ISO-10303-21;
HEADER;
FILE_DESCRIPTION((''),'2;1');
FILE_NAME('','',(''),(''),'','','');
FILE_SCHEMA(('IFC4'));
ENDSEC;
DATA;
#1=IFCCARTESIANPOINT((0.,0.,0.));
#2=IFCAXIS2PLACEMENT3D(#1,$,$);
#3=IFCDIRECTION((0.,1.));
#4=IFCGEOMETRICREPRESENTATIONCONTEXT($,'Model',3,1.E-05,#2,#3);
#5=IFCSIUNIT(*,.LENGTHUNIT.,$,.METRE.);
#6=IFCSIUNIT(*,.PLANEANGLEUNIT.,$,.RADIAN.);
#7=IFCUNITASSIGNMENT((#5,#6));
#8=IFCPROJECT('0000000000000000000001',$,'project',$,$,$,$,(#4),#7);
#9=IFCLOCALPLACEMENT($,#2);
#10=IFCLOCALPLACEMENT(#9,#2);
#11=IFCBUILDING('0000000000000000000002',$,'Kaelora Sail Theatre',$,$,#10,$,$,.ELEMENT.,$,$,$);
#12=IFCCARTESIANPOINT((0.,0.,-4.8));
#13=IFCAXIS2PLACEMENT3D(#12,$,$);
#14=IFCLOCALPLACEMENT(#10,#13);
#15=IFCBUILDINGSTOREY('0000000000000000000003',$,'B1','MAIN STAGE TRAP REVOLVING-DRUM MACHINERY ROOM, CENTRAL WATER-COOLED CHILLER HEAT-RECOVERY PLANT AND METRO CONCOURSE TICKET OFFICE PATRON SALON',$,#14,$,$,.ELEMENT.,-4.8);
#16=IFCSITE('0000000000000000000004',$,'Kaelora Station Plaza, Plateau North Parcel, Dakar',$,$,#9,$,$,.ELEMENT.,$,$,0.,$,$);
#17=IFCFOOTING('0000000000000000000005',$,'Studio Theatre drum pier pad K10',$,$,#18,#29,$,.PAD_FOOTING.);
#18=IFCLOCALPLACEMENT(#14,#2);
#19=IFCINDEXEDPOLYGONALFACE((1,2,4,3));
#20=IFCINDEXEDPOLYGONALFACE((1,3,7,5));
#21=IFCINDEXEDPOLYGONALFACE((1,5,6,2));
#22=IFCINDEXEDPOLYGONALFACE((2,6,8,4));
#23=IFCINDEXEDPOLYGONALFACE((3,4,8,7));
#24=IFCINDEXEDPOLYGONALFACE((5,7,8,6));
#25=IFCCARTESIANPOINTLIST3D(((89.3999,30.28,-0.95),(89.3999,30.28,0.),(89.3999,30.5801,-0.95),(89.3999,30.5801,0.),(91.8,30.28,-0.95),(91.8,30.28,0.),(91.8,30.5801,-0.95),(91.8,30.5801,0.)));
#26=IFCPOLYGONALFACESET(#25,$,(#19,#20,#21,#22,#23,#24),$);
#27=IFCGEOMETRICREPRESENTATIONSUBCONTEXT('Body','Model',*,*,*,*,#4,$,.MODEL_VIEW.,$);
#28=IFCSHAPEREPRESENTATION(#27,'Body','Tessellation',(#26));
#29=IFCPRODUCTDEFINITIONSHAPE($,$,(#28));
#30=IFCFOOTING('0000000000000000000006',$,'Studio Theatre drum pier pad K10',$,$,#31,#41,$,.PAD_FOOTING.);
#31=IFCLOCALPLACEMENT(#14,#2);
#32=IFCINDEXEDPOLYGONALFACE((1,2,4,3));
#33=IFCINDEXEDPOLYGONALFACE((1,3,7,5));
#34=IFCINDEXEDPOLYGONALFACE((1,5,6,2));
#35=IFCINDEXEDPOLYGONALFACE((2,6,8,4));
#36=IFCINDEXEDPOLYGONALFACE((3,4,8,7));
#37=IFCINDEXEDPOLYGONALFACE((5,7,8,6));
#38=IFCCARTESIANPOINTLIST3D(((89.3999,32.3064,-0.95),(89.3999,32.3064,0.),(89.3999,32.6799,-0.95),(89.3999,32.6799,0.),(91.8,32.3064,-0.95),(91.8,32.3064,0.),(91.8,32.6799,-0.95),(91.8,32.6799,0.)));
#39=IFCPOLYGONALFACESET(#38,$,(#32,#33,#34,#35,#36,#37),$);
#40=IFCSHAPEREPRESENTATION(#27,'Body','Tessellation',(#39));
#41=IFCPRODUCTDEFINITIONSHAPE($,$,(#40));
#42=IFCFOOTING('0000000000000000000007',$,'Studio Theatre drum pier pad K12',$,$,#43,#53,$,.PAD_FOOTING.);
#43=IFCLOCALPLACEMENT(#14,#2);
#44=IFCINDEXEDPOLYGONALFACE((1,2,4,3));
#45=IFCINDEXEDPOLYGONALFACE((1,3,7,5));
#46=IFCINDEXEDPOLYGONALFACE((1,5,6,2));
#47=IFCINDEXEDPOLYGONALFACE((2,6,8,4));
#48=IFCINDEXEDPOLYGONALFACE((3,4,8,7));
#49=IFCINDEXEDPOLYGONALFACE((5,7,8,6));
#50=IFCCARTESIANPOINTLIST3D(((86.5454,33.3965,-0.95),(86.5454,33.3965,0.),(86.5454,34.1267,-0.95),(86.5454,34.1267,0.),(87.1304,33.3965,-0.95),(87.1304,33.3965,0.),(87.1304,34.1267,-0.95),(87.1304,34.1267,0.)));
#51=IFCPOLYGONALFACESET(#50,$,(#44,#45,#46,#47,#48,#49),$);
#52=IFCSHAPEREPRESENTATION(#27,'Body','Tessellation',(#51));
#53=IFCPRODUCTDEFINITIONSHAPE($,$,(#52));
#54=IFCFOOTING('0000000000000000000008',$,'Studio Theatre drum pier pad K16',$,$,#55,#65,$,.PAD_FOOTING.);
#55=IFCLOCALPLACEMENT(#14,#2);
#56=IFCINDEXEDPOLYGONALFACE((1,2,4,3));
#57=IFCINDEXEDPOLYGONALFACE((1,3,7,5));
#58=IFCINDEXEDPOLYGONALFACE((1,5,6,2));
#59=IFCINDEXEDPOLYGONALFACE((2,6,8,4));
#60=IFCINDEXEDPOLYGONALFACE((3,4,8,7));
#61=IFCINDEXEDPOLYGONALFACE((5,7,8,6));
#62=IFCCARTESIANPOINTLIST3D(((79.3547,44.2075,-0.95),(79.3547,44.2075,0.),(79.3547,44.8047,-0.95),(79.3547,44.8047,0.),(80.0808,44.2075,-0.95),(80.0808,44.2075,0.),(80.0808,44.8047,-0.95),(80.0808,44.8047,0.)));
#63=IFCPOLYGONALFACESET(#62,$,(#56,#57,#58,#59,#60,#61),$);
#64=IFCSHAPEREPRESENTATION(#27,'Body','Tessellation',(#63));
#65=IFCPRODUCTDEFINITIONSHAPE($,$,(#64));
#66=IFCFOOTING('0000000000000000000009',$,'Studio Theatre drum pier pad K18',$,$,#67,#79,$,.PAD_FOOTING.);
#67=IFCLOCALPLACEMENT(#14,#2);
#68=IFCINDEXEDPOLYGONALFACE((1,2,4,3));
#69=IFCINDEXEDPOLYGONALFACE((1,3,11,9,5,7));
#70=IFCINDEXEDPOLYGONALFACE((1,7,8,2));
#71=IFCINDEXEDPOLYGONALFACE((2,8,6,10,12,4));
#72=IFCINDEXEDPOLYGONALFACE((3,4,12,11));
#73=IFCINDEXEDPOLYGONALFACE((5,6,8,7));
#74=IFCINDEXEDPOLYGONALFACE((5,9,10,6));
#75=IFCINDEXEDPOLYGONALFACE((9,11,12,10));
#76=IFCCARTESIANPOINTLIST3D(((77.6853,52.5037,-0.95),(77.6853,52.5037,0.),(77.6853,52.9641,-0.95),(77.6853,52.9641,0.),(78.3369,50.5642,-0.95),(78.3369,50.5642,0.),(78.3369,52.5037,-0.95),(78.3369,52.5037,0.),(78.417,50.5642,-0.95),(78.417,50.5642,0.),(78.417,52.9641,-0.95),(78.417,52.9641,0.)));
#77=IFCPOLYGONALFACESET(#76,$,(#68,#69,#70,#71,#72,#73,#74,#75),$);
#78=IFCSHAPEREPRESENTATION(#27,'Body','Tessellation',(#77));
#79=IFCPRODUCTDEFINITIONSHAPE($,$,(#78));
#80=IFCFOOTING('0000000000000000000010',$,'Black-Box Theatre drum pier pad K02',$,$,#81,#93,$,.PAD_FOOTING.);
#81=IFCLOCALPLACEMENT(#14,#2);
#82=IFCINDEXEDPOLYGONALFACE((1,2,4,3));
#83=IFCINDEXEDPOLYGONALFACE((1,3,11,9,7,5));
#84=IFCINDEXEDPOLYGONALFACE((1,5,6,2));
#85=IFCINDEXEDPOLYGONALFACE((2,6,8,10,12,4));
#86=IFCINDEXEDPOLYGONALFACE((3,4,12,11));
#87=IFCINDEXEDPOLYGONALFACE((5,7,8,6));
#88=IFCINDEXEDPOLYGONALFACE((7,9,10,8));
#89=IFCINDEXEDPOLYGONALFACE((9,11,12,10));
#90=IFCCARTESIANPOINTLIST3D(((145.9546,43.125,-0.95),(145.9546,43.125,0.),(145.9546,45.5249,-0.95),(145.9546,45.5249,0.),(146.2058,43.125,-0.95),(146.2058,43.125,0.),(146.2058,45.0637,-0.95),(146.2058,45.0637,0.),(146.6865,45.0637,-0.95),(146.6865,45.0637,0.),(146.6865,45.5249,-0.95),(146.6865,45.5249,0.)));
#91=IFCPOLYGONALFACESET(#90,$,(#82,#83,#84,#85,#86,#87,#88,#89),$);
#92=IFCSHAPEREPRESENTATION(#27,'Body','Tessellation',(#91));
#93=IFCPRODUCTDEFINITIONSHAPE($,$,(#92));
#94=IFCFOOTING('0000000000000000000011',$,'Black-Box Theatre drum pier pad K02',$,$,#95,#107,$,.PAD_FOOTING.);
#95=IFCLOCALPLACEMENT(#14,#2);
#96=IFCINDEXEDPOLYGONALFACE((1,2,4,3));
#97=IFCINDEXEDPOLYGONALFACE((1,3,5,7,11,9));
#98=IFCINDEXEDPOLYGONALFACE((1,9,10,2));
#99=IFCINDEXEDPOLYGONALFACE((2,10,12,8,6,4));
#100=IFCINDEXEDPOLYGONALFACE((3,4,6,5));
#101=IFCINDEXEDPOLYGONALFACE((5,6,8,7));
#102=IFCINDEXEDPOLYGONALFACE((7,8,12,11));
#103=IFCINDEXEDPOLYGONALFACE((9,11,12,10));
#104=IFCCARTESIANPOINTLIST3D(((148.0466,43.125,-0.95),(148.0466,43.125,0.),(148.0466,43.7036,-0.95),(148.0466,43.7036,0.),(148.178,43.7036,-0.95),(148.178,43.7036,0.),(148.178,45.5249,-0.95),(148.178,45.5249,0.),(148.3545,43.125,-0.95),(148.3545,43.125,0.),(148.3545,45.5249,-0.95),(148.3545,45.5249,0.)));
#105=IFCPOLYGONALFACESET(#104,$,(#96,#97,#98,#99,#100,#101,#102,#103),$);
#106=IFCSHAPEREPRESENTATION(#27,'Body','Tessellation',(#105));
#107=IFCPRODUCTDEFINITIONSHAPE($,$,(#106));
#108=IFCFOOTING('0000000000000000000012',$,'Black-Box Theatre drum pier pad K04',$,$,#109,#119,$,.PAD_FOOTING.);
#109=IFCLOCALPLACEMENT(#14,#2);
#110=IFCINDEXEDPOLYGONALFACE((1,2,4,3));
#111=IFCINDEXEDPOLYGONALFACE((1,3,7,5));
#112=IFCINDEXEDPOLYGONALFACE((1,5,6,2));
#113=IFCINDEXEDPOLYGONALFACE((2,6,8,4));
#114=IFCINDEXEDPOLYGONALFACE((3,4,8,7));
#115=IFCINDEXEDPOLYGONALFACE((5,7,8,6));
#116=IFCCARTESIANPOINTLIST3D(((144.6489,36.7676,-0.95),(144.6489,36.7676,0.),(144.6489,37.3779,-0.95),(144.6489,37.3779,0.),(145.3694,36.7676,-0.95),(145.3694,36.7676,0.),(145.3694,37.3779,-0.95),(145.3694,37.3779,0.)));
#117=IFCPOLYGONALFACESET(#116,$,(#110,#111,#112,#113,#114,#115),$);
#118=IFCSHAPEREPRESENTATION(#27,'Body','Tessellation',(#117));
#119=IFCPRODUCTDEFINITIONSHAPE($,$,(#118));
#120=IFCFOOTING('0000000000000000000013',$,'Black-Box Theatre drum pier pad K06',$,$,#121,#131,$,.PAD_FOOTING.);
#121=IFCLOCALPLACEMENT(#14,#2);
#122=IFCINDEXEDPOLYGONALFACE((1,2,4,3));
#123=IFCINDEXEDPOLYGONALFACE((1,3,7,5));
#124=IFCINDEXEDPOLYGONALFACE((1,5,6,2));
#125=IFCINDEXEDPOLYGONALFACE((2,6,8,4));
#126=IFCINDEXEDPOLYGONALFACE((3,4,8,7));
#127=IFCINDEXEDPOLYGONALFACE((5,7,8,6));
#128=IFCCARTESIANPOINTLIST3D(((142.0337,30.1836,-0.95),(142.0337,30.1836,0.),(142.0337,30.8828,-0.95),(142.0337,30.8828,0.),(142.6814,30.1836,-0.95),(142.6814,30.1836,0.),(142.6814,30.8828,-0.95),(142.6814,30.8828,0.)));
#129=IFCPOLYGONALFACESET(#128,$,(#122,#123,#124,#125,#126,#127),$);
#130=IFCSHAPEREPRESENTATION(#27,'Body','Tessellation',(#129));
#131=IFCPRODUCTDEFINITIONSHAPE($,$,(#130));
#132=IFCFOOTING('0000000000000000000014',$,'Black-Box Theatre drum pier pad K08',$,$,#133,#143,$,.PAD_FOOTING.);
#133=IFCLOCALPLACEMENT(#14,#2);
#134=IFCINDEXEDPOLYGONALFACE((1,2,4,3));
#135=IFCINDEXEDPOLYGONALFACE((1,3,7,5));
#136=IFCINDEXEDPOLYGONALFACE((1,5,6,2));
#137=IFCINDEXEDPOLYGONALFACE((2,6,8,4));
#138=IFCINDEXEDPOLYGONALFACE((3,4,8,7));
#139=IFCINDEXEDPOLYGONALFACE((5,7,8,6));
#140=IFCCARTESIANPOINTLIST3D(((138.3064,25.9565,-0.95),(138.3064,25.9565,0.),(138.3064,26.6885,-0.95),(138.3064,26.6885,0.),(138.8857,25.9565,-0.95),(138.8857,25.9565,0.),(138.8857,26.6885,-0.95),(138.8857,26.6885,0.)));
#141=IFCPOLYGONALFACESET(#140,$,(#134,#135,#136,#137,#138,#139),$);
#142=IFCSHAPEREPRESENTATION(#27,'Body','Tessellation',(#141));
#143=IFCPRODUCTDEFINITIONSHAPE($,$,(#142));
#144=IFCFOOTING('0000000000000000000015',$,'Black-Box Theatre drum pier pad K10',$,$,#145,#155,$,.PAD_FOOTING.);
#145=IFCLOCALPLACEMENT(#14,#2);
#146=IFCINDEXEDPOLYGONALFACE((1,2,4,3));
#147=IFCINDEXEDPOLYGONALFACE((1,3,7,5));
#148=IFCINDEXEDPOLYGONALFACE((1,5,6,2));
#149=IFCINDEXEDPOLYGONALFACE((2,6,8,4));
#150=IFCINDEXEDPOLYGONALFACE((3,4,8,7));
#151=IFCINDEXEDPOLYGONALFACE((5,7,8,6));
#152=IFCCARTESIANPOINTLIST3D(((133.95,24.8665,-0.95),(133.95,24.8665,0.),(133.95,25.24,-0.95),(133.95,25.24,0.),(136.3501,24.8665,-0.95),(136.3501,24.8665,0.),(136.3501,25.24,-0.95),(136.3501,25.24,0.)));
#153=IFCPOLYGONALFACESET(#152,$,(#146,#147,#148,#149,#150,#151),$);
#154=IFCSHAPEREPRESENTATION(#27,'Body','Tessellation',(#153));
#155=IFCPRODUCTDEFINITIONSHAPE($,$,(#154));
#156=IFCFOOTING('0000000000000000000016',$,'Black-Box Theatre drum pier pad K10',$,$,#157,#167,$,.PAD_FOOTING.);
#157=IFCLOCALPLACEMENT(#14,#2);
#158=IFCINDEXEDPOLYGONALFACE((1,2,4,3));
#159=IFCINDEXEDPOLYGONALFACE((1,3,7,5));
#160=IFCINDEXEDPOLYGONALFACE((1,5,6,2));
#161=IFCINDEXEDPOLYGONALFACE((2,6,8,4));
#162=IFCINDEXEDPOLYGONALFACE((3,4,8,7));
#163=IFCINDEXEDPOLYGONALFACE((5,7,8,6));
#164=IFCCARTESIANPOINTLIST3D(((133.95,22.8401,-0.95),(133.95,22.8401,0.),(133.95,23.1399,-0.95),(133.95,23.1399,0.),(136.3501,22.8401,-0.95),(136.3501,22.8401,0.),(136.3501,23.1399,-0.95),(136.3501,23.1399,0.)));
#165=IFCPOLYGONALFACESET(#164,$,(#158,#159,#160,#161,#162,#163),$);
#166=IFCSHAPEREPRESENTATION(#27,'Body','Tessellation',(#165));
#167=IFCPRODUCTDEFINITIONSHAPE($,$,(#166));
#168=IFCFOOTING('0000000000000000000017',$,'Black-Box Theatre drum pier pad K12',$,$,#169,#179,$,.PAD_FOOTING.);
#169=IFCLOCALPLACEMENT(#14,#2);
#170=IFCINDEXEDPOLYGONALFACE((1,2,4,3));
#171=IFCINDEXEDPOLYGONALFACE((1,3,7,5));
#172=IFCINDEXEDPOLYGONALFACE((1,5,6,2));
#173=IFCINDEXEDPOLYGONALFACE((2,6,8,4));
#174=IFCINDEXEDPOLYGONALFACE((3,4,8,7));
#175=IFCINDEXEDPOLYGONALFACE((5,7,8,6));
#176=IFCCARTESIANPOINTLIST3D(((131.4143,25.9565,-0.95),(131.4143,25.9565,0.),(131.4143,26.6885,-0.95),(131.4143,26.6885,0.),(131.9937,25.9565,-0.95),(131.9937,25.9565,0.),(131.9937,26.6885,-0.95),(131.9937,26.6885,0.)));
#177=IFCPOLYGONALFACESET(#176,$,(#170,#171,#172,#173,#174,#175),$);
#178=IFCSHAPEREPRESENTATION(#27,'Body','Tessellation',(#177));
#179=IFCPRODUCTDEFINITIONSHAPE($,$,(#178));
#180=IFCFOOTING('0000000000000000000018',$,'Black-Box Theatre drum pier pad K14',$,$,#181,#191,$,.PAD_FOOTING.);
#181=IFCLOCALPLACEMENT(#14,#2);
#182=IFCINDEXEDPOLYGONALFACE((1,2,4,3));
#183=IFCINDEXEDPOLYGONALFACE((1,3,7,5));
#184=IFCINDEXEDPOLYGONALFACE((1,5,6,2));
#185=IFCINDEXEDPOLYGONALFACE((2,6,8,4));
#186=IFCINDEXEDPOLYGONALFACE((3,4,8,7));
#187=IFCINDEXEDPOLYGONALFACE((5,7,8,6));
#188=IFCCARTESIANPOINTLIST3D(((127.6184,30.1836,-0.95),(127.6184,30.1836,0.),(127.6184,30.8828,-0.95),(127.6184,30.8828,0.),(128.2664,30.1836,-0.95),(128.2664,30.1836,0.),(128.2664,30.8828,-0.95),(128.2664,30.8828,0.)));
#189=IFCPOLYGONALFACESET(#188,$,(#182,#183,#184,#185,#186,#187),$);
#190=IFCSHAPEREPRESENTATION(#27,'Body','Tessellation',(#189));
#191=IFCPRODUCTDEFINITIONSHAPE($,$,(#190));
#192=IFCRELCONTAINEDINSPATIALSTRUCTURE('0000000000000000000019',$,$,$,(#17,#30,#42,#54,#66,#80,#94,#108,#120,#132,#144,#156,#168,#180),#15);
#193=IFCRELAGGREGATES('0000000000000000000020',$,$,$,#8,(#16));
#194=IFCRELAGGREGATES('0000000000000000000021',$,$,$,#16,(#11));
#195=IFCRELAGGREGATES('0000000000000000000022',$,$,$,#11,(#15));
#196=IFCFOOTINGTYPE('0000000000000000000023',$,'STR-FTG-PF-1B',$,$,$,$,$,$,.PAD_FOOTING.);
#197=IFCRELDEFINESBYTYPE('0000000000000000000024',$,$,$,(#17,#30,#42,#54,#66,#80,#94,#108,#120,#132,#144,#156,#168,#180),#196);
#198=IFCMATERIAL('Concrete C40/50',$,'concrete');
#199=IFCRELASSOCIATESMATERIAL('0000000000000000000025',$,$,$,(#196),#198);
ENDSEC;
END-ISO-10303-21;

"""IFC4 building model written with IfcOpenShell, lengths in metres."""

from ifc_helpers import new_model, si_unit, direction, frame, origin, place, context, subcontext, project, spatial, polyline, outline, extrude, material, type_object, element, save


model = new_model("IFC4")

# Units and contexts
model_context = context("Model", 3, precision=1e-05, world=origin(), true_north=direction((0.0, 1.0)))
body_context = subcontext(model_context, "Body", "Model", "MODEL_VIEW")
ifc_project = project(units=[si_unit("LENGTHUNIT", "METRE"), si_unit("PLANEANGLEUNIT", "RADIAN")], contexts=[model_context])

# Site, building, storey
site_placement = place(None, origin())
site = spatial("IfcSite", under=ifc_project, at=site_placement, Name="Kaelora Station Plaza, Plateau North Parcel, Dakar", CompositionType="ELEMENT", RefElevation=0.0)
building_placement = place(site_placement, origin())
building = spatial("IfcBuilding", under=site, at=building_placement, Name="Kaelora Sail Theatre", CompositionType="ELEMENT")
storey_placement = place(building_placement, frame((0.0, 0.0, -4.8)))
storey = spatial("IfcBuildingStorey", under=building, at=storey_placement, Name="B1", Description="MAIN STAGE TRAP REVOLVING-DRUM MACHINERY ROOM, CENTRAL WATER-COOLED CHILLER HEAT-RECOVERY PLANT AND METRO CONCOURSE TICKET OFFICE PATRON SALON", CompositionType="ELEMENT", Elevation=-4.8)

# Footings
ifc_material_1 = material(Name="Concrete C40/50", Category="concrete")
footing_type = type_object("IfcFootingType", Name="STR-FTG-PF-1B", PredefinedType="PAD_FOOTING", material=ifc_material_1)
footing_1_placement = place(storey_placement, frame((0.0, 0.0, -0.95)))
element("IfcFooting", 1, at=footing_1_placement, inside=storey, type_object=footing_type, Name="Studio Theatre drum pier pad K10", PredefinedType="PAD_FOOTING", context=body_context, shape_type="SweptSolid", body=[
    extrude(outline(polyline([(91.8, 30.5801), (91.8, 30.28), (89.3999, 30.28), (89.3999, 30.5801), (91.8, 30.5801)])), origin(), (0.0, 0.0, 1.0), 0.95),
])
footing_2_placement = place(storey_placement, frame((0.0, 0.0, -0.95)))
element("IfcFooting", 2, at=footing_2_placement, inside=storey, type_object=footing_type, Name="Studio Theatre drum pier pad K10", PredefinedType="PAD_FOOTING", context=body_context, shape_type="SweptSolid", body=[
    extrude(outline(polyline([(91.8, 32.3064), (89.3999, 32.3064), (89.3999, 32.6799), (91.8, 32.6799), (91.8, 32.3064)])), origin(), (0.0, 0.0, 1.0), 0.95),
])
footing_3_placement = place(storey_placement, frame((0.0, 0.0, -0.95)))
element("IfcFooting", 3, at=footing_3_placement, inside=storey, type_object=footing_type, Name="Studio Theatre drum pier pad K12", PredefinedType="PAD_FOOTING", context=body_context, shape_type="SweptSolid", body=[
    extrude(outline(polyline([(87.1304, 34.1267), (87.1304, 33.3965), (86.5454, 33.3965), (86.5454, 34.1267), (87.1304, 34.1267)])), origin(), (0.0, 0.0, 1.0), 0.95),
])
footing_4_placement = place(storey_placement, frame((0.0, 0.0, -0.95)))
element("IfcFooting", 4, at=footing_4_placement, inside=storey, type_object=footing_type, Name="Studio Theatre drum pier pad K16", PredefinedType="PAD_FOOTING", context=body_context, shape_type="SweptSolid", body=[
    extrude(outline(polyline([(79.3547, 44.2075), (79.3547, 44.8047), (80.0808, 44.8047), (80.0808, 44.2075), (79.3547, 44.2075)])), origin(), (0.0, 0.0, 1.0), 0.95),
])
footing_5_placement = place(storey_placement, frame((0.0, 0.0, -0.95)))
element("IfcFooting", 5, at=footing_5_placement, inside=storey, type_object=footing_type, Name="Studio Theatre drum pier pad K18", PredefinedType="PAD_FOOTING", context=body_context, shape_type="SweptSolid", body=[
    extrude(outline(polyline([(78.417, 52.9641), (78.417, 50.5642), (78.3369, 50.5642), (78.3369, 52.5037), (77.6853, 52.5037), (77.6853, 52.9641), (78.417, 52.9641)])), origin(), (0.0, 0.0, 1.0), 0.95),
])
footing_6_placement = place(storey_placement, frame((0.0, 0.0, -0.95)))
element("IfcFooting", 6, at=footing_6_placement, inside=storey, type_object=footing_type, Name="Black-Box Theatre drum pier pad K02", PredefinedType="PAD_FOOTING", context=body_context, shape_type="SweptSolid", body=[
    extrude(outline(polyline([(146.6865, 45.0637), (146.2058, 45.0637), (146.2058, 43.125), (145.9546, 43.125), (145.9546, 45.5249), (146.6865, 45.5249), (146.6865, 45.0637)])), origin(), (0.0, 0.0, 1.0), 0.95),
])
footing_7_placement = place(storey_placement, frame((0.0, 0.0, -0.95)))
element("IfcFooting", 7, at=footing_7_placement, inside=storey, type_object=footing_type, Name="Black-Box Theatre drum pier pad K02", PredefinedType="PAD_FOOTING", context=body_context, shape_type="SweptSolid", body=[
    extrude(outline(polyline([(148.178, 43.7036), (148.178, 45.5249), (148.3545, 45.5249), (148.3545, 43.125), (148.0466, 43.125), (148.0466, 43.7036), (148.178, 43.7036)])), origin(), (0.0, 0.0, 1.0), 0.95),
])
footing_8_placement = place(storey_placement, frame((0.0, 0.0, -0.95)))
element("IfcFooting", 8, at=footing_8_placement, inside=storey, type_object=footing_type, Name="Black-Box Theatre drum pier pad K04", PredefinedType="PAD_FOOTING", context=body_context, shape_type="SweptSolid", body=[
    extrude(outline(polyline([(145.3694, 36.7676), (144.6489, 36.7676), (144.6489, 37.3779), (145.3694, 37.3779), (145.3694, 36.7676)])), origin(), (0.0, 0.0, 1.0), 0.95),
])
footing_9_placement = place(storey_placement, frame((0.0, 0.0, -0.95)))
element("IfcFooting", 9, at=footing_9_placement, inside=storey, type_object=footing_type, Name="Black-Box Theatre drum pier pad K06", PredefinedType="PAD_FOOTING", context=body_context, shape_type="SweptSolid", body=[
    extrude(outline(polyline([(142.0337, 30.1836), (142.0337, 30.8828), (142.6814, 30.8828), (142.6814, 30.1836), (142.0337, 30.1836)])), origin(), (0.0, 0.0, 1.0), 0.95),
])
footing_10_placement = place(storey_placement, frame((0.0, 0.0, -0.95)))
element("IfcFooting", 10, at=footing_10_placement, inside=storey, type_object=footing_type, Name="Black-Box Theatre drum pier pad K08", PredefinedType="PAD_FOOTING", context=body_context, shape_type="SweptSolid", body=[
    extrude(outline(polyline([(138.3064, 26.6885), (138.8857, 26.6885), (138.8857, 25.9565), (138.3064, 25.9565), (138.3064, 26.6885)])), origin(), (0.0, 0.0, 1.0), 0.95),
])
footing_11_placement = place(storey_placement, frame((0.0, 0.0, -0.95)))
element("IfcFooting", 11, at=footing_11_placement, inside=storey, type_object=footing_type, Name="Black-Box Theatre drum pier pad K10", PredefinedType="PAD_FOOTING", context=body_context, shape_type="SweptSolid", body=[
    extrude(outline(polyline([(133.95, 24.8665), (133.95, 25.24), (136.3501, 25.24), (136.3501, 24.8665), (133.95, 24.8665)])), origin(), (0.0, 0.0, 1.0), 0.95),
])
footing_12_placement = place(storey_placement, frame((0.0, 0.0, -0.95)))
element("IfcFooting", 12, at=footing_12_placement, inside=storey, type_object=footing_type, Name="Black-Box Theatre drum pier pad K10", PredefinedType="PAD_FOOTING", context=body_context, shape_type="SweptSolid", body=[
    extrude(outline(polyline([(133.95, 22.8401), (133.95, 23.1399), (136.3501, 23.1399), (136.3501, 22.8401), (133.95, 22.8401)])), origin(), (0.0, 0.0, 1.0), 0.95),
])
footing_13_placement = place(storey_placement, frame((0.0, 0.0, -0.95)))
element("IfcFooting", 13, at=footing_13_placement, inside=storey, type_object=footing_type, Name="Black-Box Theatre drum pier pad K12", PredefinedType="PAD_FOOTING", context=body_context, shape_type="SweptSolid", body=[
    extrude(outline(polyline([(131.4143, 26.6885), (131.9937, 26.6885), (131.9937, 25.9565), (131.4143, 25.9565), (131.4143, 26.6885)])), origin(), (0.0, 0.0, 1.0), 0.95),
])
footing_14_placement = place(storey_placement, frame((0.0, 0.0, -0.95)))
element("IfcFooting", 14, at=footing_14_placement, inside=storey, type_object=footing_type, Name="Black-Box Theatre drum pier pad K14", PredefinedType="PAD_FOOTING", context=body_context, shape_type="SweptSolid", body=[
    extrude(outline(polyline([(127.6184, 30.8828), (128.2664, 30.8828), (128.2664, 30.1836), (127.6184, 30.1836), (127.6184, 30.8828)])), origin(), (0.0, 0.0, 1.0), 0.95),
])

save(model, "model.ifc")
